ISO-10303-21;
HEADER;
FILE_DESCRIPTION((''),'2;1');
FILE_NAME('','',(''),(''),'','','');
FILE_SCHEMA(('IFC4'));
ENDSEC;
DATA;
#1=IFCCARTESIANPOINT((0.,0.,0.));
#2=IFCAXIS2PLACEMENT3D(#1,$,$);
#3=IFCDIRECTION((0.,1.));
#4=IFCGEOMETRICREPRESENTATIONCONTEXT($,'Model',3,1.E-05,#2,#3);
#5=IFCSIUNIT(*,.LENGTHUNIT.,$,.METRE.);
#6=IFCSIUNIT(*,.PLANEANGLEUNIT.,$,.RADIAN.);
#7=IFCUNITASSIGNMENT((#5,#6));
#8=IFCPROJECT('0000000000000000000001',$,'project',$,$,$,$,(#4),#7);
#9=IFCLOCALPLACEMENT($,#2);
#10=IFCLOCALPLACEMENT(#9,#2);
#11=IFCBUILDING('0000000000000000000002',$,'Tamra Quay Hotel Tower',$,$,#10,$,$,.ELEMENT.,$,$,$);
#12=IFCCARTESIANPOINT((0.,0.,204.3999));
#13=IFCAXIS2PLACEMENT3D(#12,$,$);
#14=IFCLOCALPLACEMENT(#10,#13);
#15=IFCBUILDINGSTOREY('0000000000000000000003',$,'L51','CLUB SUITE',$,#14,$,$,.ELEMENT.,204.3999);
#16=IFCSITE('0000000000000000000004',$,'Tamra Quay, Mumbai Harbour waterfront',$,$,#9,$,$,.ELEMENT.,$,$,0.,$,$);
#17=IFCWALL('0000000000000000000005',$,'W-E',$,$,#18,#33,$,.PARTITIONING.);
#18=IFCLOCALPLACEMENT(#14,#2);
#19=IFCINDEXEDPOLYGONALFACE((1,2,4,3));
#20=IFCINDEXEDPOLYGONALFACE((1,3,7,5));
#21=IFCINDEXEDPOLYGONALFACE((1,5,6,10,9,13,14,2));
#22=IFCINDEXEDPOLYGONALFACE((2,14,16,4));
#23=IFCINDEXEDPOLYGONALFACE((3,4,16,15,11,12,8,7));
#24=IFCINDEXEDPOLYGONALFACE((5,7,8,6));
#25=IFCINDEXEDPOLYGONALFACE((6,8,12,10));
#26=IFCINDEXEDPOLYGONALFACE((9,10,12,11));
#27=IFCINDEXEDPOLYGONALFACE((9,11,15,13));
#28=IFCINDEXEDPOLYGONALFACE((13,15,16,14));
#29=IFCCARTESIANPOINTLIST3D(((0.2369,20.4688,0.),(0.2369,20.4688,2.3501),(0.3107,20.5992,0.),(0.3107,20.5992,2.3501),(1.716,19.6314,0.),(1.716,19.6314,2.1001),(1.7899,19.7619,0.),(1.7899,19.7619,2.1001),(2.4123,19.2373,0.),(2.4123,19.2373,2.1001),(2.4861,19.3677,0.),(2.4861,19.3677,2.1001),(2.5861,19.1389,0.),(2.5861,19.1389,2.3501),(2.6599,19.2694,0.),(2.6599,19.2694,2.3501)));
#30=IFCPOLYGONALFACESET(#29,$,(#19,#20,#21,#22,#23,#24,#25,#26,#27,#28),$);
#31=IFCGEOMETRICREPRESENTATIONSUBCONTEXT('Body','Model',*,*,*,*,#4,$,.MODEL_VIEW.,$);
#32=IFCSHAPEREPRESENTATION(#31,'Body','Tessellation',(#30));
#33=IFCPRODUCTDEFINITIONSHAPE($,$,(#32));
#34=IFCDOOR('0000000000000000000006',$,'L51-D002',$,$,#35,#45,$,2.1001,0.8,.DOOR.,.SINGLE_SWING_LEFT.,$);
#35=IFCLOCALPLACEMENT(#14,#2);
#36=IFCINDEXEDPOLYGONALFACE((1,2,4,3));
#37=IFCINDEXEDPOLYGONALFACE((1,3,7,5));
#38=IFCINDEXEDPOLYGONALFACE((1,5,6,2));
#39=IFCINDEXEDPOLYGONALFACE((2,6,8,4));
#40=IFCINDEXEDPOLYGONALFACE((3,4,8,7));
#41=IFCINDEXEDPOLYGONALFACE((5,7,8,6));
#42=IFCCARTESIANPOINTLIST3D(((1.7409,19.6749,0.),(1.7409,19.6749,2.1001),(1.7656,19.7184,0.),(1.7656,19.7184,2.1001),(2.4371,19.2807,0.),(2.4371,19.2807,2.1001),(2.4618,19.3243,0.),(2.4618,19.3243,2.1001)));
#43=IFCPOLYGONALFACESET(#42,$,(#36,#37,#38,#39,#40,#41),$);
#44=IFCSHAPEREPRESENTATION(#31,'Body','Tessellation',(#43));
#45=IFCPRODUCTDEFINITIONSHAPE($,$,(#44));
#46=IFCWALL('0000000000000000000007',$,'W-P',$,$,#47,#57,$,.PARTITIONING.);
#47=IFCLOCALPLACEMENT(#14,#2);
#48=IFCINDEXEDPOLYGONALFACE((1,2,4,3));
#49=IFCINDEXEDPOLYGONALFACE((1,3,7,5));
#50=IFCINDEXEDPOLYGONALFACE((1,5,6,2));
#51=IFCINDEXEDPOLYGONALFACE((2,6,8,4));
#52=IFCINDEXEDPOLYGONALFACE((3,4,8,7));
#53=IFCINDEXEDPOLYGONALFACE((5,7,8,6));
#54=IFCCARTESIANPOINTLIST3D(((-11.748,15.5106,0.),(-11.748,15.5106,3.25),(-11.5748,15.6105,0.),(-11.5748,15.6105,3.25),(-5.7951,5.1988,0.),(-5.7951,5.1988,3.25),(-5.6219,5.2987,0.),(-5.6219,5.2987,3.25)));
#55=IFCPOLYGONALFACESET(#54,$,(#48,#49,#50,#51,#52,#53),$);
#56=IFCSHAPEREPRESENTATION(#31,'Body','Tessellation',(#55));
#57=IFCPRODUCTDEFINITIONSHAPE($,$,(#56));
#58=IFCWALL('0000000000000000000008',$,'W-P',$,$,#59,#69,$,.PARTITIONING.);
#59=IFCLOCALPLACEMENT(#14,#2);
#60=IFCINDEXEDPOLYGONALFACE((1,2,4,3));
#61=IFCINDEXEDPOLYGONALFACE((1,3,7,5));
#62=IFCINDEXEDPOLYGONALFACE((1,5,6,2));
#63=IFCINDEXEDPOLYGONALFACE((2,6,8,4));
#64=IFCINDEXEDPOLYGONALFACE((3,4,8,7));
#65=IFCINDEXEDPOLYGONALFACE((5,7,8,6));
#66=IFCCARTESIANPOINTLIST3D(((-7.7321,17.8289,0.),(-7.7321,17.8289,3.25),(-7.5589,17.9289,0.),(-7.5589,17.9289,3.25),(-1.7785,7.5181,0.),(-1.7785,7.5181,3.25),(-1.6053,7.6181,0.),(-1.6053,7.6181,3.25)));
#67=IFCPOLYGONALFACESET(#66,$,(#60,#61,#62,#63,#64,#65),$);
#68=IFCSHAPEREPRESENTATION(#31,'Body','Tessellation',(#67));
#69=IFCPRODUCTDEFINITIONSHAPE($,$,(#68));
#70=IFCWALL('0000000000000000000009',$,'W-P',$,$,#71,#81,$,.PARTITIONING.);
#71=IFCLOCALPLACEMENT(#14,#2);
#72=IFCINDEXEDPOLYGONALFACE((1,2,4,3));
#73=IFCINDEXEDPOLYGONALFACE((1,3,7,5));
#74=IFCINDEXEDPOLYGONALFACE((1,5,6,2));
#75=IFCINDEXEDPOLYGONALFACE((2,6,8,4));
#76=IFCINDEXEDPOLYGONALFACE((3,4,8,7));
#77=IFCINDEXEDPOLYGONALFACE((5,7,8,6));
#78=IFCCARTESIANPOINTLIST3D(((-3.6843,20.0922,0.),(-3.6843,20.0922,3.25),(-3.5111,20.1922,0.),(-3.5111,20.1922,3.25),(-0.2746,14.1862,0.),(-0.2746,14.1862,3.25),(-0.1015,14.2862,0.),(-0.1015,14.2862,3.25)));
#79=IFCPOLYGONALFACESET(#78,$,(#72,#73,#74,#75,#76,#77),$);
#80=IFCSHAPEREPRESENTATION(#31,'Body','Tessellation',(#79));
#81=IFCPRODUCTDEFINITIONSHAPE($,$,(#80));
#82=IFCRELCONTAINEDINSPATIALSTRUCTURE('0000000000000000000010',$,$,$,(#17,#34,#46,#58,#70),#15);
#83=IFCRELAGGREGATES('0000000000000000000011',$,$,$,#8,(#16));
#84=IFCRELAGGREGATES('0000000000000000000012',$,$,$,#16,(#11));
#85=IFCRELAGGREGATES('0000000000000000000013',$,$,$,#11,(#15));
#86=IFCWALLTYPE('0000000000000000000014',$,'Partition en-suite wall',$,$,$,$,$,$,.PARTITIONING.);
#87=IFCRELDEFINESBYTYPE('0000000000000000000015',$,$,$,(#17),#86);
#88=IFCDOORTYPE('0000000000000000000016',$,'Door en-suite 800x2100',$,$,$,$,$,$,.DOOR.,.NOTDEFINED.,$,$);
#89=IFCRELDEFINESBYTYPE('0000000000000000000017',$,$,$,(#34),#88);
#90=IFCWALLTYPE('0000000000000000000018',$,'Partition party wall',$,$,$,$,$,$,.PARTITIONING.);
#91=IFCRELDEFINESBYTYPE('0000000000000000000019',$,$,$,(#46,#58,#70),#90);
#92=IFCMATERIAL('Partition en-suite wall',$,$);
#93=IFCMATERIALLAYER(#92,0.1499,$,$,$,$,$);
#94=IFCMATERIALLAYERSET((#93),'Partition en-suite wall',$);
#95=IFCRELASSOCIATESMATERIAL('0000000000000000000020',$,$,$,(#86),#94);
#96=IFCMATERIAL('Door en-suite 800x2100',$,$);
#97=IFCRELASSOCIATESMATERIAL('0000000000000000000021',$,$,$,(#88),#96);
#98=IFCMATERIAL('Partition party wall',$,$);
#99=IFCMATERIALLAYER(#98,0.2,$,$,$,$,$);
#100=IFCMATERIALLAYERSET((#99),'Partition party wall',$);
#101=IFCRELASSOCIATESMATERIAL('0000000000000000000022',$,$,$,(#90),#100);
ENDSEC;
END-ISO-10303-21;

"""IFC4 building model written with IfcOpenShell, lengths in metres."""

from ifc_helpers import new_model, si_unit, direction, frame, frame_2d, origin, place, context, subcontext, project, spatial, rectangle, extrude, material, layer, layer_set, type_object, element, fill, save


model = new_model("IFC4")

# Units and contexts
model_context = context("Model", 3, precision=1e-05, world=origin(), true_north=direction((0.0, 1.0)))
body_context = subcontext(model_context, "Body", "Model", "MODEL_VIEW")
ifc_project = project(units=[si_unit("LENGTHUNIT", "METRE"), si_unit("PLANEANGLEUNIT", "RADIAN")], contexts=[model_context])

# Site, building, storey
site_placement = place(None, origin())
site = spatial("IfcSite", under=ifc_project, at=site_placement, Name="Tamra Quay, Mumbai Harbour waterfront", CompositionType="ELEMENT", RefElevation=0.0)
building_placement = place(site_placement, origin())
building = spatial("IfcBuilding", under=site, at=building_placement, Name="Tamra Quay Hotel Tower", CompositionType="ELEMENT")
storey_placement = place(building_placement, frame((0.0, 0.0, 204.3999)))
storey = spatial("IfcBuildingStorey", under=building, at=storey_placement, Name="L51", Description="CLUB SUITE", CompositionType="ELEMENT", Elevation=204.3999)

# Wall, opening, door
ifc_material_1 = material(Name="Partition en-suite wall")
ifc_layer_1 = layer(ifc_material_1, 0.1499)
ifc_layer_set_1 = layer_set([ifc_layer_1], Name="Partition en-suite wall")
wall_type_1 = type_object("IfcWallType", Name="Partition en-suite wall", PredefinedType="PARTITIONING", material=ifc_layer_set_1)
wall_1_placement = place(storey_placement, frame((0.2739, 20.5339, 0.0), z_axis=(0.0, 0.0, 1.0), x_axis=(0.870234, -0.492638, 0.0)))
wall_1 = element("IfcWall", 1, at=wall_1_placement, inside=storey, type_object=wall_type_1, Name="W-E", PredefinedType="PARTITIONING", context=body_context, shape_type="SweptSolid", body=[
    extrude(rectangle(XDim=2.6995, YDim=0.1499, at=frame_2d((1.3496, 0.0))), origin(), (0.0, 0.0, 1.0), 2.3501),
])
opening_placement = place(wall_1_placement, frame((1.6997, 0.0, 0.0)))
opening = element("IfcOpeningElement", 2, at=opening_placement, cuts=wall_1, PredefinedType="OPENING", context=body_context, shape_type="SweptSolid", body=[
    extrude(rectangle(XDim=0.8, YDim=2.1001, at=frame_2d((0.3999, 1.05))), frame((0.0, 0.085, 0.0), z_axis=(0.0, -1.0, 0.0), x_axis=(1.0, 0.0, 0.0)), (0.0, 0.0, 1.0), 0.1699),
])
ifc_material_2 = material(Name="Door en-suite 800x2100")
door_type = type_object("IfcDoorType", Name="Door en-suite 800x2100", OperationType="NOTDEFINED", PredefinedType="DOOR", material=ifc_material_2)
door_placement = place(opening_placement, frame((0.8, 0.0, 0.0), z_axis=(0.0, 0.0, 1.0), x_axis=(-1.0, 0.0, 0.0)))
door = element("IfcDoor", 3, at=door_placement, inside=storey, type_object=door_type, Name="L51-D002", OperationType="SINGLE_SWING_LEFT", OverallHeight=2.1001, OverallWidth=0.8, PredefinedType="DOOR", context=body_context, shape_type="SweptSolid", body=[
    extrude(rectangle(XDim=0.8, YDim=2.1001, at=frame_2d((0.3999, 1.05))), frame((0.0, 0.0249, 0.0), z_axis=(0.0, -1.0, 0.0), x_axis=(1.0, 0.0, 0.0)), (0.0, 0.0, 1.0), 0.05),
])
fill(opening, door)

# Walls
ifc_material_3 = material(Name="Partition party wall")
ifc_layer_2 = layer(ifc_material_3, 0.2)
ifc_layer_set_2 = layer_set([ifc_layer_2], Name="Partition party wall")
wall_type_2 = type_object("IfcWallType", Name="Partition party wall", PredefinedType="PARTITIONING", material=ifc_layer_set_2)
wall_2_placement = place(storey_placement, frame((-11.6614, 15.5605, 0.0), z_axis=(0.0, 0.0, 1.0), x_axis=(0.499961, -0.866048, 0.0)))
element("IfcWall", 4, at=wall_2_placement, inside=storey, type_object=wall_type_2, Name="W-P", PredefinedType="PARTITIONING", context=body_context, shape_type="SweptSolid", body=[
    extrude(rectangle(XDim=11.9067, YDim=0.2, at=frame_2d((5.9534, 0.0))), origin(), (0.0, 0.0, 1.0), 3.25),
])
wall_3_placement = place(storey_placement, frame((-7.6455, 17.8789, 0.0), z_axis=(0.0, 0.0, 1.0), x_axis=(0.500043, -0.866001, 0.0)))
element("IfcWall", 5, at=wall_3_placement, inside=storey, type_object=wall_type_2, Name="W-P", PredefinedType="PARTITIONING", context=body_context, shape_type="SweptSolid", body=[
    extrude(rectangle(XDim=11.9062, YDim=0.2, at=frame_2d((5.9531, 0.0))), origin(), (0.0, 0.0, 1.0), 3.25),
])
wall_4_placement = place(storey_placement, frame((-3.5977, 20.1421, 0.0), z_axis=(0.0, 0.0, 1.0), x_axis=(0.499982, -0.866036, 0.0)))
element("IfcWall", 6, at=wall_4_placement, inside=storey, type_object=wall_type_2, Name="W-P", PredefinedType="PARTITIONING", context=body_context, shape_type="SweptSolid", body=[
    extrude(rectangle(XDim=6.8196, YDim=0.2, at=frame_2d((3.4097, 0.0))), origin(), (0.0, 0.0, 1.0), 3.25),
])

save(model, "model.ifc")
